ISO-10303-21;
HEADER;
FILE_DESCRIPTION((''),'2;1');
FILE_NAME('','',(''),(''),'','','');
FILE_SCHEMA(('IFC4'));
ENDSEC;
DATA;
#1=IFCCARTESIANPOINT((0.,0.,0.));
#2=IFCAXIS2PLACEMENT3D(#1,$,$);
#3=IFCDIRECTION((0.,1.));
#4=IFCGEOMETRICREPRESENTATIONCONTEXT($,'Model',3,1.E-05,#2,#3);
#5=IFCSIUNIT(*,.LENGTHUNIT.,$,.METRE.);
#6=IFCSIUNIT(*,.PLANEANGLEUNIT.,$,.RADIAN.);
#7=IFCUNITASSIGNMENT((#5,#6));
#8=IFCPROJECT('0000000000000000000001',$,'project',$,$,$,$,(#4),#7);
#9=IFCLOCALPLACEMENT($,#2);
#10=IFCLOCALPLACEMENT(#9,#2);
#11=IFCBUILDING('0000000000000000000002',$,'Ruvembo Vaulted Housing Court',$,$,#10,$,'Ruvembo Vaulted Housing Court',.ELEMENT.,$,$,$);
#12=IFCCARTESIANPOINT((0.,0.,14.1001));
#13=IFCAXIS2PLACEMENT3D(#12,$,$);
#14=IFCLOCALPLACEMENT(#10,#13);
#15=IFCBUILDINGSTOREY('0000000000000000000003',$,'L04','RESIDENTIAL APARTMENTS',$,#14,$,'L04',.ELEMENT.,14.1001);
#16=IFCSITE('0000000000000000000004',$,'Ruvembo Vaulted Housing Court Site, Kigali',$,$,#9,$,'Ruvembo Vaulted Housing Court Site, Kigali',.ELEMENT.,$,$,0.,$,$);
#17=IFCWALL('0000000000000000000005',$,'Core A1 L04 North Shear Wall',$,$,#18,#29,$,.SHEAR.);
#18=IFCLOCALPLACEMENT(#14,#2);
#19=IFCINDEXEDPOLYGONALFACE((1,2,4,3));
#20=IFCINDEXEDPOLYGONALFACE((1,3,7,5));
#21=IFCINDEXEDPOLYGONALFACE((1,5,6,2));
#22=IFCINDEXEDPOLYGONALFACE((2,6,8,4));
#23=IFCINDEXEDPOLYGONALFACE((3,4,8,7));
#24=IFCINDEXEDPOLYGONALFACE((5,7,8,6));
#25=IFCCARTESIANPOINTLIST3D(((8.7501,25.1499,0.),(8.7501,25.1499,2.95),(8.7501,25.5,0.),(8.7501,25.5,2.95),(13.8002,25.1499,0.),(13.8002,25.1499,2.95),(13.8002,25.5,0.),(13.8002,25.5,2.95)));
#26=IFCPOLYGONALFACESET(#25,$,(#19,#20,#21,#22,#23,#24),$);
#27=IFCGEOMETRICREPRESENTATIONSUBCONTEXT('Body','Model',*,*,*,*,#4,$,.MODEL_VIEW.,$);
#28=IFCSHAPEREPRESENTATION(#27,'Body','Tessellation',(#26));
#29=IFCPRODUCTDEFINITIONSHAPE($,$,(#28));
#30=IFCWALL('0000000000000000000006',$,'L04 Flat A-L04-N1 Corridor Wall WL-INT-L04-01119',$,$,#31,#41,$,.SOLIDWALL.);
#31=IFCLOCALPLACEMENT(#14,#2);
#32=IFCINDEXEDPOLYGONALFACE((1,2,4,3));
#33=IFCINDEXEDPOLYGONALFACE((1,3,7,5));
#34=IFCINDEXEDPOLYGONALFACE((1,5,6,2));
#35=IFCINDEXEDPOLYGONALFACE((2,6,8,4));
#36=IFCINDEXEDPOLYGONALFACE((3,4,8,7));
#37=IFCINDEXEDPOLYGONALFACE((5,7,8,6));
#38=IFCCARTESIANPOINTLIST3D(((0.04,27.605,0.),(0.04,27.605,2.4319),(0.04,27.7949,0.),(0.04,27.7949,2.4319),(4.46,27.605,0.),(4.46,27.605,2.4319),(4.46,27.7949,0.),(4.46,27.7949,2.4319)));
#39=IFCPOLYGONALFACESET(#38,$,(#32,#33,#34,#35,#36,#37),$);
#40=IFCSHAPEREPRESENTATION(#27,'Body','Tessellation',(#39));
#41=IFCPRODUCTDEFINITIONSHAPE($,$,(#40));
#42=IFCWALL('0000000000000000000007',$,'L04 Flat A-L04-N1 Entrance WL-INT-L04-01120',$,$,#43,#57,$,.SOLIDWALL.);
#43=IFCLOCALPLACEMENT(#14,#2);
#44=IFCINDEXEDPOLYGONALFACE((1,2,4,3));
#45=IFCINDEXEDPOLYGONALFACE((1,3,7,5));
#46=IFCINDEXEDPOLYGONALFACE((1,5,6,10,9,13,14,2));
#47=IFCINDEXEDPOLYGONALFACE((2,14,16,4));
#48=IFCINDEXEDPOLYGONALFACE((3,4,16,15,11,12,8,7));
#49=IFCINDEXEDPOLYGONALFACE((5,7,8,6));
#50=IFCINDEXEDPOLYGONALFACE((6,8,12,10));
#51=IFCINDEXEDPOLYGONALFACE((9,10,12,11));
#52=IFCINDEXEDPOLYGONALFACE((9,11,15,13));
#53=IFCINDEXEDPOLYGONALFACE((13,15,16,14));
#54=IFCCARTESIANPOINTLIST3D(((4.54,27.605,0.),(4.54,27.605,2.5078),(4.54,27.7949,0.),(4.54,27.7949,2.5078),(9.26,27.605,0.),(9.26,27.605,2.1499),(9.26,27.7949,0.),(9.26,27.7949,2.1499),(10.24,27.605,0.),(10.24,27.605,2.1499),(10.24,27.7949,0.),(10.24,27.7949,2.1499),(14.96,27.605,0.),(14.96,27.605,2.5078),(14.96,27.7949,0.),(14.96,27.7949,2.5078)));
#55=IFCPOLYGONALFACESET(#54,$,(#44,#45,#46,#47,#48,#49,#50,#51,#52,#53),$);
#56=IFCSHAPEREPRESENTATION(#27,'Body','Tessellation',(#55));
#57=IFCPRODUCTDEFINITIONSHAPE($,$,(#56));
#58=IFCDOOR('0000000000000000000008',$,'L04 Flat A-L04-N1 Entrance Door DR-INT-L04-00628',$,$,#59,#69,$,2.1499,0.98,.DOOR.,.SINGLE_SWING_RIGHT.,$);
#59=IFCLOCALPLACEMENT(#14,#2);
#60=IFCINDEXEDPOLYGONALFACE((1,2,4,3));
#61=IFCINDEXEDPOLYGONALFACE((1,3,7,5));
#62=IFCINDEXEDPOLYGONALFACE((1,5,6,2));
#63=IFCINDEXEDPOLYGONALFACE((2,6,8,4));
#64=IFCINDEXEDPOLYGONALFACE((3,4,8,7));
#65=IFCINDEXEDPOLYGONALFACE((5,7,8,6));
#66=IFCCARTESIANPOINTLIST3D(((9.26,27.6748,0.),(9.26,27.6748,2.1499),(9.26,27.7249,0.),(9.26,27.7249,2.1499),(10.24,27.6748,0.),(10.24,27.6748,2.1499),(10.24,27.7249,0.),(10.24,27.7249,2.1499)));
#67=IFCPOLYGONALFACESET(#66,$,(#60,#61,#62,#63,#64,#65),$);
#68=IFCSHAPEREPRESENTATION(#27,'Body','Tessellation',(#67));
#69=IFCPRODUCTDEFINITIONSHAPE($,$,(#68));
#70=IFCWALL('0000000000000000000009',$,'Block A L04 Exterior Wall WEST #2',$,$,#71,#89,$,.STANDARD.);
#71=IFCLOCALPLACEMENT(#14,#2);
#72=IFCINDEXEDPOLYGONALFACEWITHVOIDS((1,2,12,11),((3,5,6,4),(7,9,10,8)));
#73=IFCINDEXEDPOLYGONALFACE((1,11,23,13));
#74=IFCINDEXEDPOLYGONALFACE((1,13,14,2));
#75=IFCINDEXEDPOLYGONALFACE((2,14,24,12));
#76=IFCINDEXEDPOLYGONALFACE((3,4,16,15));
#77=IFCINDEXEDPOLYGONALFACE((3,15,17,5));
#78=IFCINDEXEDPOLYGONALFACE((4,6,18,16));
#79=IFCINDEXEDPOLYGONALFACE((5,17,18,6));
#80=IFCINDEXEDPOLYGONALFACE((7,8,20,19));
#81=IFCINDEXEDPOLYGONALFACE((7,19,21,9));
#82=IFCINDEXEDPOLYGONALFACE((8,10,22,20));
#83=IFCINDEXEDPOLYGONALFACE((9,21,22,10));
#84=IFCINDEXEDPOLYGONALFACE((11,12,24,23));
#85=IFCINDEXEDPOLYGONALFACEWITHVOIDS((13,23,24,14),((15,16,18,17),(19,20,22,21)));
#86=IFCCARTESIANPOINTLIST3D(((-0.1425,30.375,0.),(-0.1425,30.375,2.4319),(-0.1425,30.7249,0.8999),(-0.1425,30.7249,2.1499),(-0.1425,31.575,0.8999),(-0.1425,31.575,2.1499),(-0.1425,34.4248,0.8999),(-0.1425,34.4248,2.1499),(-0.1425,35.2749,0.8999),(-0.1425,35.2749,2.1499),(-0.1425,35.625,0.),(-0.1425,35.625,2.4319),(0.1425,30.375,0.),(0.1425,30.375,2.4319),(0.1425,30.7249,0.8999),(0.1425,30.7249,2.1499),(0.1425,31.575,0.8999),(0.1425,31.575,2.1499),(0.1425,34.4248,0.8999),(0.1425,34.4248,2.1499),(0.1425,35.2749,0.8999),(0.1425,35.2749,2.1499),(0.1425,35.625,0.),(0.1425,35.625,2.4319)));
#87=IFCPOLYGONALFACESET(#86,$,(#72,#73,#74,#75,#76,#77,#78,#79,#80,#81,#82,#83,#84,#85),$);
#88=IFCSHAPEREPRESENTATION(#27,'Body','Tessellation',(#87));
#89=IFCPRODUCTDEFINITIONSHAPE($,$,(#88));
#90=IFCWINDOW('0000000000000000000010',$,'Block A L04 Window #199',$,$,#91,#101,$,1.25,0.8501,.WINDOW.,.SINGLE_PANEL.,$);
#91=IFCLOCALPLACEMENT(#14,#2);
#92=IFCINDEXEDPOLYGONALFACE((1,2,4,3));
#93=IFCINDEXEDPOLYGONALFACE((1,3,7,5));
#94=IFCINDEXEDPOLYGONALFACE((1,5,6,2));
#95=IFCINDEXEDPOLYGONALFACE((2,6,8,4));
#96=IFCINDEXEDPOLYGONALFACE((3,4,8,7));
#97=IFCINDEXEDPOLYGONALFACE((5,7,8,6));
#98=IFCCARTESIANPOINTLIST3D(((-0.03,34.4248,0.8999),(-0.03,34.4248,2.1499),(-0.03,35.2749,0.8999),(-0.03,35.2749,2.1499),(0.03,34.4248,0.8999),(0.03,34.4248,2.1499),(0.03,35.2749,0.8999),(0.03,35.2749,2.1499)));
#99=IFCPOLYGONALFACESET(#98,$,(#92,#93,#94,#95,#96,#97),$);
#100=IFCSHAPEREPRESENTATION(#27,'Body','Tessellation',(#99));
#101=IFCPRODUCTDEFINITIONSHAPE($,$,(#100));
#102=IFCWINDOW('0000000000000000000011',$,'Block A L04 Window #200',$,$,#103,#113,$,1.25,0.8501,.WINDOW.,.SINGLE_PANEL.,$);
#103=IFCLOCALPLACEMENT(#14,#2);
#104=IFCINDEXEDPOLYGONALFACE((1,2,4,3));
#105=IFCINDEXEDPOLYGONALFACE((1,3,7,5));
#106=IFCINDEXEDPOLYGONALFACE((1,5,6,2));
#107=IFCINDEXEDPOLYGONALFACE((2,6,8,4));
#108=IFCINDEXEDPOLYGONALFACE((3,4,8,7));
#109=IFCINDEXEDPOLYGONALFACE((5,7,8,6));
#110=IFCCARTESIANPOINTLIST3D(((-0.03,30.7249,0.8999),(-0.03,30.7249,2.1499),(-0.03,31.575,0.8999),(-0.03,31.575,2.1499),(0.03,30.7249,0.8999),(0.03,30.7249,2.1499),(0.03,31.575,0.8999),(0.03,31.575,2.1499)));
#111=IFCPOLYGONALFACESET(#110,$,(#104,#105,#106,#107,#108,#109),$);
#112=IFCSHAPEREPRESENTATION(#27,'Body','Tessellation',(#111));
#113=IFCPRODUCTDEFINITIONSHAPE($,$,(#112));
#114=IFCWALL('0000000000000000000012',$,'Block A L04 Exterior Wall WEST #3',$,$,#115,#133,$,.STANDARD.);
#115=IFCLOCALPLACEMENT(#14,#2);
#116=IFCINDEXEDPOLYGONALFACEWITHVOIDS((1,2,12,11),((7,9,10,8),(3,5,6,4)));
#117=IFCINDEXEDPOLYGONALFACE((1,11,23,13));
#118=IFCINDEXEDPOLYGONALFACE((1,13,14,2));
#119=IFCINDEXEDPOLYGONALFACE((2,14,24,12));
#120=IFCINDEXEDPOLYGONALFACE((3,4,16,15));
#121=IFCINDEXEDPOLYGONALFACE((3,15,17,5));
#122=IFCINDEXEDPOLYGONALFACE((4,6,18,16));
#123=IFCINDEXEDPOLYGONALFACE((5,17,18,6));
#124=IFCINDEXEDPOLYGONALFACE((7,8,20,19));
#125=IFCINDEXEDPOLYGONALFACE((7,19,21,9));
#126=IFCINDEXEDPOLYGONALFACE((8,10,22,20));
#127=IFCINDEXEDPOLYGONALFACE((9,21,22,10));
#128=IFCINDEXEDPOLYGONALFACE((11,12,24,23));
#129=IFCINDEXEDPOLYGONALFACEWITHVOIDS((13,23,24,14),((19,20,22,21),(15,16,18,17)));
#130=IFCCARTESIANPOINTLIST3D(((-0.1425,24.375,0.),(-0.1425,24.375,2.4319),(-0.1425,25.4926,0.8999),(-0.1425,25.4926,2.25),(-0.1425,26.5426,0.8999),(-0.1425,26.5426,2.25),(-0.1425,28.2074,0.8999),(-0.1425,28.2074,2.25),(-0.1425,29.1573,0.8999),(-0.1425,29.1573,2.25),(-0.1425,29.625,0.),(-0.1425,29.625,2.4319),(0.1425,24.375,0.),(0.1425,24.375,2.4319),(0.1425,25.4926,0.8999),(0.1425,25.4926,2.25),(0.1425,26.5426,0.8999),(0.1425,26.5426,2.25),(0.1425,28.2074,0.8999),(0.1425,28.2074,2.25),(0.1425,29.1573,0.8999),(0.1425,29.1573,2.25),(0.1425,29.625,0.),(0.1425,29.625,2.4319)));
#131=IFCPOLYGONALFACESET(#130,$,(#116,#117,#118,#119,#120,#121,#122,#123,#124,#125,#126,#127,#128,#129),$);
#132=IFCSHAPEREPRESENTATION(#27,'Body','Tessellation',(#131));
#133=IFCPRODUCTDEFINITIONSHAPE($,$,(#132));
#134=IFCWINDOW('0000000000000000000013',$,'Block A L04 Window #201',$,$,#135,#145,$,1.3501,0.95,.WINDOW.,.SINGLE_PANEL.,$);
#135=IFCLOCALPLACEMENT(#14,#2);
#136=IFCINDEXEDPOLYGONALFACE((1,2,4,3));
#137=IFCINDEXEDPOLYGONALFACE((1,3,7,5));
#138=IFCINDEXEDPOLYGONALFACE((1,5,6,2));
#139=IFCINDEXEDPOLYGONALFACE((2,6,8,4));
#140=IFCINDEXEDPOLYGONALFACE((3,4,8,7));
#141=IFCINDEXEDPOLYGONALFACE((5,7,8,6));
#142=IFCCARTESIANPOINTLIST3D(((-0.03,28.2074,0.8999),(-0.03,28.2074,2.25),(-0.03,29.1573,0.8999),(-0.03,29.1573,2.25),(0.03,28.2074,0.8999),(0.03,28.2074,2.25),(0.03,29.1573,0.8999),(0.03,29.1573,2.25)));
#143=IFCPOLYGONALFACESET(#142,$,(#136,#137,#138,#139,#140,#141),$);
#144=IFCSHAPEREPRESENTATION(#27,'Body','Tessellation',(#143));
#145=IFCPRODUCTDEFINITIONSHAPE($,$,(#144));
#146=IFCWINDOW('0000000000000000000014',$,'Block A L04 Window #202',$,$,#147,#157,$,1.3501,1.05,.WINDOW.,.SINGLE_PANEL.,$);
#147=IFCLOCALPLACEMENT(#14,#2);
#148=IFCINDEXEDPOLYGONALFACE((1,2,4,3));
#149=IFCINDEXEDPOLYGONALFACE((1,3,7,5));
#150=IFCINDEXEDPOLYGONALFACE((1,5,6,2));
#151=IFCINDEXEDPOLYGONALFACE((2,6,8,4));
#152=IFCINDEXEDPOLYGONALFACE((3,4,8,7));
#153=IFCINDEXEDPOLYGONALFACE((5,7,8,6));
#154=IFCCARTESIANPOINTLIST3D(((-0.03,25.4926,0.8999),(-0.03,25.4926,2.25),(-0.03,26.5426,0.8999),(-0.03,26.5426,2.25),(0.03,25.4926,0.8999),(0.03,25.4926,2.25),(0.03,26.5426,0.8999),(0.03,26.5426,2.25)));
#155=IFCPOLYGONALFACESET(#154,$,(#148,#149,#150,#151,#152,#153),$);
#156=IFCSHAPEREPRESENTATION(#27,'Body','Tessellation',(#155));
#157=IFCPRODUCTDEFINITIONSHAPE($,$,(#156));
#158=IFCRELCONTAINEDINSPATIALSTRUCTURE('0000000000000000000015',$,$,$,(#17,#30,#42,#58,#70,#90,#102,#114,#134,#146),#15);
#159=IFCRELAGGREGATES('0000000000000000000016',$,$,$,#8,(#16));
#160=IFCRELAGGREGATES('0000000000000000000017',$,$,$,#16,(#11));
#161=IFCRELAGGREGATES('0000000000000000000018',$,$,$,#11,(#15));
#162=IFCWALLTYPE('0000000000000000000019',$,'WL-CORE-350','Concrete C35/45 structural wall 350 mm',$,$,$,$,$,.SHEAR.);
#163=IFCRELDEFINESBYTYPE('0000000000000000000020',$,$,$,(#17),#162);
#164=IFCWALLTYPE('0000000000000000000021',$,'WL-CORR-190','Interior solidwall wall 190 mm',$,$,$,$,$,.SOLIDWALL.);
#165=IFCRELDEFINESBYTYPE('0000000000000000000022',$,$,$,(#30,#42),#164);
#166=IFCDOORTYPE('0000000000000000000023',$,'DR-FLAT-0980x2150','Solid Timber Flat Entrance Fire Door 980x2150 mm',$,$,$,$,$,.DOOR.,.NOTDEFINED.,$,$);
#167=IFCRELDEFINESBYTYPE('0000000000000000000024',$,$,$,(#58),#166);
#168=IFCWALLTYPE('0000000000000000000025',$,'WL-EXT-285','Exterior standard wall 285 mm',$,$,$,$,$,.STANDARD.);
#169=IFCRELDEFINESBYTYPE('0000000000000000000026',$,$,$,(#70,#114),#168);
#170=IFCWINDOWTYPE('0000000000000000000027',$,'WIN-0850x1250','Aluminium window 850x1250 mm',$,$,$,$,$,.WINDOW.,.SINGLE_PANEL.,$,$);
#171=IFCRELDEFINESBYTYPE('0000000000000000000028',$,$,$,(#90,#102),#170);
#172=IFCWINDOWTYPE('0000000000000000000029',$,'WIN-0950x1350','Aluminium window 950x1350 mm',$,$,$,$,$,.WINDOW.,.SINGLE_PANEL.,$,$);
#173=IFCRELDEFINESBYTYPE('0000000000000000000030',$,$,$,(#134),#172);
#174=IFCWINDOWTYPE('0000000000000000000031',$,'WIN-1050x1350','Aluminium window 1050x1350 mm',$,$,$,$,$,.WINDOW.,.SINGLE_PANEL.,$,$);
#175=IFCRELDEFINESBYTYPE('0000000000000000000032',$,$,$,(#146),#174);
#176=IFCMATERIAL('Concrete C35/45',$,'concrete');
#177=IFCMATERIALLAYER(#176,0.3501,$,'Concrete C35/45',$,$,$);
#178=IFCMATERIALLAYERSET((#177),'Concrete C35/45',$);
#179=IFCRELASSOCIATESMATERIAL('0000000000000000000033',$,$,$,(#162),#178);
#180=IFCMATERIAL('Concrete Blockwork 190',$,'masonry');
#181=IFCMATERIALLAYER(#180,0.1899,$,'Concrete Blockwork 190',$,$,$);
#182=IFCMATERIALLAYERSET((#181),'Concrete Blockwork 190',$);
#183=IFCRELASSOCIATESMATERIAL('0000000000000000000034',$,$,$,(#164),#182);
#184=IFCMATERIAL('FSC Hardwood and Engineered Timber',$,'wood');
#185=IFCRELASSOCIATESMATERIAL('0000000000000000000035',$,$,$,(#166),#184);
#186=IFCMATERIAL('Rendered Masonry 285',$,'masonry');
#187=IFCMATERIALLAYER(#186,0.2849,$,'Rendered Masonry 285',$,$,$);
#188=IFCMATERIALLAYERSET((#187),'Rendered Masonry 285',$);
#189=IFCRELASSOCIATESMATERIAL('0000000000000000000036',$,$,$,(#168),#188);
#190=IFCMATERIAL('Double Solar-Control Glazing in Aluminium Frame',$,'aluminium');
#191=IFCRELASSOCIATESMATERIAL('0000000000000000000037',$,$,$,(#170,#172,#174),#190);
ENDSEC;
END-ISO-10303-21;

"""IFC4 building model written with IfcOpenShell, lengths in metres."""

from ifc_helpers import new_model, si_unit, direction, frame, frame_2d, origin, place, context, subcontext, project, spatial, rectangle, extrude, material, layer, layer_set, type_object, element, fill, save


model = new_model("IFC4")

# Units and contexts
model_context = context("Model", 3, precision=1e-05, world=origin(), true_north=direction((0.0, 1.0)))
body_context = subcontext(model_context, "Body", "Model", "MODEL_VIEW")
ifc_project = project(units=[si_unit("LENGTHUNIT", "METRE"), si_unit("PLANEANGLEUNIT", "RADIAN")], contexts=[model_context])

# Site, building, storey
site_placement = place(None, origin())
site = spatial("IfcSite", under=ifc_project, at=site_placement, Name="Ruvembo Vaulted Housing Court Site, Kigali", LongName="Ruvembo Vaulted Housing Court Site, Kigali", CompositionType="ELEMENT", RefElevation=0.0)
building_placement = place(site_placement, origin())
building = spatial("IfcBuilding", under=site, at=building_placement, Name="Ruvembo Vaulted Housing Court", LongName="Ruvembo Vaulted Housing Court", CompositionType="ELEMENT")
storey_placement = place(building_placement, frame((0.0, 0.0, 14.1001)))
storey = spatial("IfcBuildingStorey", under=building, at=storey_placement, Name="L04", Description="RESIDENTIAL APARTMENTS", LongName="L04", CompositionType="ELEMENT", Elevation=14.1001)

# Shared definitions
ifc_material_1 = material(Name="Concrete C35/45", Category="concrete")

# Walls
ifc_layer_1 = layer(ifc_material_1, 0.3501, Name="Concrete C35/45")
ifc_layer_set_1 = layer_set([ifc_layer_1], Name="Concrete C35/45")
wall_type_1 = type_object("IfcWallType", Name="WL-CORE-350", Description="Concrete C35/45 structural wall 350 mm", PredefinedType="SHEAR", material=ifc_layer_set_1)
wall_1_placement = place(storey_placement, frame((13.8, 25.325, 0.0), z_axis=(0.0, 0.0, 1.0), x_axis=(-1.0, 0.0, 0.0)))
element("IfcWall", 1, at=wall_1_placement, inside=storey, type_object=wall_type_1, Name="Core A1 L04 North Shear Wall", PredefinedType="SHEAR", context=body_context, shape_type="SweptSolid", body=[
    extrude(rectangle(XDim=5.05, YDim=0.3501, at=frame_2d((2.5249, 0.0))), origin(), (0.0, 0.0, 1.0), 2.95),
])
ifc_material_2 = material(Name="Concrete Blockwork 190", Category="masonry")
ifc_layer_2 = layer(ifc_material_2, 0.1899, Name="Concrete Blockwork 190")
ifc_layer_set_2 = layer_set([ifc_layer_2], Name="Concrete Blockwork 190")
wall_type_2 = type_object("IfcWallType", Name="WL-CORR-190", Description="Interior solidwall wall 190 mm", PredefinedType="SOLIDWALL", material=ifc_layer_set_2)
wall_2_placement = place(storey_placement, frame((0.04, 27.7, 0.0), z_axis=(0.0, 0.0, 1.0), x_axis=(1.0, 0.0, 0.0)))
element("IfcWall", 2, at=wall_2_placement, inside=storey, type_object=wall_type_2, Name="L04 Flat A-L04-N1 Corridor Wall WL-INT-L04-01119", PredefinedType="SOLIDWALL", context=body_context, shape_type="SweptSolid", body=[
    extrude(rectangle(XDim=4.4199, YDim=0.1899, at=frame_2d((2.21, 0.0))), origin(), (0.0, 0.0, 1.0), 2.4319),
])

# Wall, opening, door
wall_3_placement = place(storey_placement, frame((4.54, 27.7, 0.0), z_axis=(0.0, 0.0, 1.0), x_axis=(1.0, 0.0, 0.0)))
wall_3 = element("IfcWall", 3, at=wall_3_placement, inside=storey, type_object=wall_type_2, Name="L04 Flat A-L04-N1 Entrance WL-INT-L04-01120", PredefinedType="SOLIDWALL", context=body_context, shape_type="SweptSolid", body=[
    extrude(rectangle(XDim=10.4199, YDim=0.1899, at=frame_2d((5.21, 0.0))), origin(), (0.0, 0.0, 1.0), 2.5078),
])
opening_1_placement = place(wall_3_placement, frame((4.72, 0.0, 0.0)))
opening_1 = element("IfcOpeningElement", 4, at=opening_1_placement, cuts=wall_3, PredefinedType="OPENING", context=body_context, shape_type="SweptSolid", body=[
    extrude(rectangle(XDim=0.98, YDim=2.1499, at=frame_2d((0.49, 1.075))), frame((0.0, 0.105, 0.0), z_axis=(0.0, -1.0, 0.0), x_axis=(1.0, 0.0, 0.0)), (0.0, 0.0, 1.0), 0.21),
])
ifc_material_3 = material(Name="FSC Hardwood and Engineered Timber", Category="wood")
door_type_1 = type_object("IfcDoorType", Name="DR-FLAT-0980x2150", Description="Solid Timber Flat Entrance Fire Door 980x2150 mm", OperationType="NOTDEFINED", PredefinedType="DOOR", material=ifc_material_3)
door_1_placement = place(opening_1_placement, origin())
door_1 = element("IfcDoor", 5, at=door_1_placement, inside=storey, type_object=door_type_1, Name="L04 Flat A-L04-N1 Entrance Door DR-INT-L04-00628", OperationType="SINGLE_SWING_RIGHT", OverallHeight=2.1499, OverallWidth=0.98, PredefinedType="DOOR", context=body_context, shape_type="SweptSolid", body=[
    extrude(rectangle(XDim=0.98, YDim=2.1499, at=frame_2d((0.49, 1.075))), frame((0.0, 0.0249, 0.0), z_axis=(0.0, -1.0, 0.0), x_axis=(1.0, 0.0, 0.0)), (0.0, 0.0, 1.0), 0.05),
])
fill(opening_1, door_1)

# Walls, openings, windows
ifc_material_4 = material(Name="Rendered Masonry 285", Category="masonry")
ifc_layer_3 = layer(ifc_material_4, 0.2849, Name="Rendered Masonry 285")
ifc_layer_set_3 = layer_set([ifc_layer_3], Name="Rendered Masonry 285")
wall_type_3 = type_object("IfcWallType", Name="WL-EXT-285", Description="Exterior standard wall 285 mm", PredefinedType="STANDARD", material=ifc_layer_set_3)
wall_4_placement = place(storey_placement, frame((0.0, 35.625, 0.0), z_axis=(0.0, 0.0, 1.0), x_axis=(0.0, -1.0, 0.0)))
wall_4 = element("IfcWall", 6, at=wall_4_placement, inside=storey, type_object=wall_type_3, Name="Block A L04 Exterior Wall WEST #2", PredefinedType="STANDARD", context=body_context, shape_type="SweptSolid", body=[
    extrude(rectangle(XDim=5.25, YDim=0.2849, at=frame_2d((2.625, 0.0))), origin(), (0.0, 0.0, 1.0), 2.4319),
])
opening_2_placement = place(wall_4_placement, frame((0.3501, 0.0, 0.8999)))
opening_2 = element("IfcOpeningElement", 7, at=opening_2_placement, cuts=wall_4, PredefinedType="OPENING", context=body_context, shape_type="SweptSolid", body=[
    extrude(rectangle(XDim=0.8501, YDim=1.25, at=frame_2d((0.425, 0.625))), frame((0.0, 0.1523, 0.0), z_axis=(0.0, -1.0, 0.0), x_axis=(1.0, 0.0, 0.0)), (0.0, 0.0, 1.0), 0.3049),
])
opening_3_placement = place(wall_4_placement, frame((4.05, 0.0, 0.8999)))
opening_3 = element("IfcOpeningElement", 8, at=opening_3_placement, cuts=wall_4, PredefinedType="OPENING", context=body_context, shape_type="SweptSolid", body=[
    extrude(rectangle(XDim=0.8501, YDim=1.25, at=frame_2d((0.425, 0.625))), frame((0.0, 0.1523, 0.0), z_axis=(0.0, -1.0, 0.0), x_axis=(1.0, 0.0, 0.0)), (0.0, 0.0, 1.0), 0.3049),
])
ifc_material_5 = material(Name="Double Solar-Control Glazing in Aluminium Frame", Category="aluminium")
window_type_1 = type_object("IfcWindowType", Name="WIN-0850x1250", Description="Aluminium window 850x1250 mm", PartitioningType="SINGLE_PANEL", PredefinedType="WINDOW", material=ifc_material_5)
window_1_placement = place(opening_2_placement, origin())
window_1 = element("IfcWindow", 9, at=window_1_placement, inside=storey, type_object=window_type_1, Name="Block A L04 Window #199", OverallHeight=1.25, OverallWidth=0.8501, PartitioningType="SINGLE_PANEL", PredefinedType="WINDOW", context=body_context, shape_type="SweptSolid", body=[
    extrude(rectangle(XDim=0.8501, YDim=1.25, at=frame_2d((0.425, 0.625))), frame((0.0, 0.03, 0.0), z_axis=(0.0, -1.0, 0.0), x_axis=(1.0, 0.0, 0.0)), (0.0, 0.0, 1.0), 0.0601),
])
fill(opening_2, window_1)
window_2_placement = place(opening_3_placement, origin())
window_2 = element("IfcWindow", 10, at=window_2_placement, inside=storey, type_object=window_type_1, Name="Block A L04 Window #200", OverallHeight=1.25, OverallWidth=0.8501, PartitioningType="SINGLE_PANEL", PredefinedType="WINDOW", context=body_context, shape_type="SweptSolid", body=[
    extrude(rectangle(XDim=0.8501, YDim=1.25, at=frame_2d((0.425, 0.625))), frame((0.0, 0.03, 0.0), z_axis=(0.0, -1.0, 0.0), x_axis=(1.0, 0.0, 0.0)), (0.0, 0.0, 1.0), 0.0601),
])
fill(opening_3, window_2)
wall_5_placement = place(storey_placement, frame((0.0, 29.625, 0.0), z_axis=(0.0, 0.0, 1.0), x_axis=(0.0, -1.0, 0.0)))
wall_5 = element("IfcWall", 11, at=wall_5_placement, inside=storey, type_object=wall_type_3, Name="Block A L04 Exterior Wall WEST #3", PredefinedType="STANDARD", context=body_context, shape_type="SweptSolid", body=[
    extrude(rectangle(XDim=5.25, YDim=0.2849, at=frame_2d((2.625, 0.0))), origin(), (0.0, 0.0, 1.0), 2.4319),
])
opening_4_placement = place(wall_5_placement, frame((0.4675, 0.0, 0.8999)))
opening_4 = element("IfcOpeningElement", 12, at=opening_4_placement, cuts=wall_5, PredefinedType="OPENING", context=body_context, shape_type="SweptSolid", body=[
    extrude(rectangle(XDim=0.95, YDim=1.3501, at=frame_2d((0.4751, 0.675))), frame((0.0, 0.1523, 0.0), z_axis=(0.0, -1.0, 0.0), x_axis=(1.0, 0.0, 0.0)), (0.0, 0.0, 1.0), 0.3049),
])
opening_5_placement = place(wall_5_placement, frame((3.0825, 0.0, 0.8999)))
opening_5 = element("IfcOpeningElement", 13, at=opening_5_placement, cuts=wall_5, PredefinedType="OPENING", context=body_context, shape_type="SweptSolid", body=[
    extrude(rectangle(XDim=1.05, YDim=1.3501, at=frame_2d((0.5249, 0.675))), frame((0.0, 0.1523, 0.0), z_axis=(0.0, -1.0, 0.0), x_axis=(1.0, 0.0, 0.0)), (0.0, 0.0, 1.0), 0.3049),
])
window_type_2 = type_object("IfcWindowType", Name="WIN-0950x1350", Description="Aluminium window 950x1350 mm", PartitioningType="SINGLE_PANEL", PredefinedType="WINDOW", material=ifc_material_5)
window_3_placement = place(opening_4_placement, origin())
window_3 = element("IfcWindow", 14, at=window_3_placement, inside=storey, type_object=window_type_2, Name="Block A L04 Window #201", OverallHeight=1.3501, OverallWidth=0.95, PartitioningType="SINGLE_PANEL", PredefinedType="WINDOW", context=body_context, shape_type="SweptSolid", body=[
    extrude(rectangle(XDim=0.95, YDim=1.3501, at=frame_2d((0.4751, 0.675))), frame((0.0, 0.03, 0.0), z_axis=(0.0, -1.0, 0.0), x_axis=(1.0, 0.0, 0.0)), (0.0, 0.0, 1.0), 0.0601),
])
fill(opening_4, window_3)
window_type_3 = type_object("IfcWindowType", Name="WIN-1050x1350", Description="Aluminium window 1050x1350 mm", PartitioningType="SINGLE_PANEL", PredefinedType="WINDOW", material=ifc_material_5)
window_4_placement = place(opening_5_placement, origin())
window_4 = element("IfcWindow", 15, at=window_4_placement, inside=storey, type_object=window_type_3, Name="Block A L04 Window #202", OverallHeight=1.3501, OverallWidth=1.05, PartitioningType="SINGLE_PANEL", PredefinedType="WINDOW", context=body_context, shape_type="SweptSolid", body=[
    extrude(rectangle(XDim=1.05, YDim=1.3501, at=frame_2d((0.5249, 0.675))), frame((0.0, 0.03, 0.0), z_axis=(0.0, -1.0, 0.0), x_axis=(1.0, 0.0, 0.0)), (0.0, 0.0, 1.0), 0.0601),
])
fill(opening_5, window_4)

save(model, "model.ifc")
